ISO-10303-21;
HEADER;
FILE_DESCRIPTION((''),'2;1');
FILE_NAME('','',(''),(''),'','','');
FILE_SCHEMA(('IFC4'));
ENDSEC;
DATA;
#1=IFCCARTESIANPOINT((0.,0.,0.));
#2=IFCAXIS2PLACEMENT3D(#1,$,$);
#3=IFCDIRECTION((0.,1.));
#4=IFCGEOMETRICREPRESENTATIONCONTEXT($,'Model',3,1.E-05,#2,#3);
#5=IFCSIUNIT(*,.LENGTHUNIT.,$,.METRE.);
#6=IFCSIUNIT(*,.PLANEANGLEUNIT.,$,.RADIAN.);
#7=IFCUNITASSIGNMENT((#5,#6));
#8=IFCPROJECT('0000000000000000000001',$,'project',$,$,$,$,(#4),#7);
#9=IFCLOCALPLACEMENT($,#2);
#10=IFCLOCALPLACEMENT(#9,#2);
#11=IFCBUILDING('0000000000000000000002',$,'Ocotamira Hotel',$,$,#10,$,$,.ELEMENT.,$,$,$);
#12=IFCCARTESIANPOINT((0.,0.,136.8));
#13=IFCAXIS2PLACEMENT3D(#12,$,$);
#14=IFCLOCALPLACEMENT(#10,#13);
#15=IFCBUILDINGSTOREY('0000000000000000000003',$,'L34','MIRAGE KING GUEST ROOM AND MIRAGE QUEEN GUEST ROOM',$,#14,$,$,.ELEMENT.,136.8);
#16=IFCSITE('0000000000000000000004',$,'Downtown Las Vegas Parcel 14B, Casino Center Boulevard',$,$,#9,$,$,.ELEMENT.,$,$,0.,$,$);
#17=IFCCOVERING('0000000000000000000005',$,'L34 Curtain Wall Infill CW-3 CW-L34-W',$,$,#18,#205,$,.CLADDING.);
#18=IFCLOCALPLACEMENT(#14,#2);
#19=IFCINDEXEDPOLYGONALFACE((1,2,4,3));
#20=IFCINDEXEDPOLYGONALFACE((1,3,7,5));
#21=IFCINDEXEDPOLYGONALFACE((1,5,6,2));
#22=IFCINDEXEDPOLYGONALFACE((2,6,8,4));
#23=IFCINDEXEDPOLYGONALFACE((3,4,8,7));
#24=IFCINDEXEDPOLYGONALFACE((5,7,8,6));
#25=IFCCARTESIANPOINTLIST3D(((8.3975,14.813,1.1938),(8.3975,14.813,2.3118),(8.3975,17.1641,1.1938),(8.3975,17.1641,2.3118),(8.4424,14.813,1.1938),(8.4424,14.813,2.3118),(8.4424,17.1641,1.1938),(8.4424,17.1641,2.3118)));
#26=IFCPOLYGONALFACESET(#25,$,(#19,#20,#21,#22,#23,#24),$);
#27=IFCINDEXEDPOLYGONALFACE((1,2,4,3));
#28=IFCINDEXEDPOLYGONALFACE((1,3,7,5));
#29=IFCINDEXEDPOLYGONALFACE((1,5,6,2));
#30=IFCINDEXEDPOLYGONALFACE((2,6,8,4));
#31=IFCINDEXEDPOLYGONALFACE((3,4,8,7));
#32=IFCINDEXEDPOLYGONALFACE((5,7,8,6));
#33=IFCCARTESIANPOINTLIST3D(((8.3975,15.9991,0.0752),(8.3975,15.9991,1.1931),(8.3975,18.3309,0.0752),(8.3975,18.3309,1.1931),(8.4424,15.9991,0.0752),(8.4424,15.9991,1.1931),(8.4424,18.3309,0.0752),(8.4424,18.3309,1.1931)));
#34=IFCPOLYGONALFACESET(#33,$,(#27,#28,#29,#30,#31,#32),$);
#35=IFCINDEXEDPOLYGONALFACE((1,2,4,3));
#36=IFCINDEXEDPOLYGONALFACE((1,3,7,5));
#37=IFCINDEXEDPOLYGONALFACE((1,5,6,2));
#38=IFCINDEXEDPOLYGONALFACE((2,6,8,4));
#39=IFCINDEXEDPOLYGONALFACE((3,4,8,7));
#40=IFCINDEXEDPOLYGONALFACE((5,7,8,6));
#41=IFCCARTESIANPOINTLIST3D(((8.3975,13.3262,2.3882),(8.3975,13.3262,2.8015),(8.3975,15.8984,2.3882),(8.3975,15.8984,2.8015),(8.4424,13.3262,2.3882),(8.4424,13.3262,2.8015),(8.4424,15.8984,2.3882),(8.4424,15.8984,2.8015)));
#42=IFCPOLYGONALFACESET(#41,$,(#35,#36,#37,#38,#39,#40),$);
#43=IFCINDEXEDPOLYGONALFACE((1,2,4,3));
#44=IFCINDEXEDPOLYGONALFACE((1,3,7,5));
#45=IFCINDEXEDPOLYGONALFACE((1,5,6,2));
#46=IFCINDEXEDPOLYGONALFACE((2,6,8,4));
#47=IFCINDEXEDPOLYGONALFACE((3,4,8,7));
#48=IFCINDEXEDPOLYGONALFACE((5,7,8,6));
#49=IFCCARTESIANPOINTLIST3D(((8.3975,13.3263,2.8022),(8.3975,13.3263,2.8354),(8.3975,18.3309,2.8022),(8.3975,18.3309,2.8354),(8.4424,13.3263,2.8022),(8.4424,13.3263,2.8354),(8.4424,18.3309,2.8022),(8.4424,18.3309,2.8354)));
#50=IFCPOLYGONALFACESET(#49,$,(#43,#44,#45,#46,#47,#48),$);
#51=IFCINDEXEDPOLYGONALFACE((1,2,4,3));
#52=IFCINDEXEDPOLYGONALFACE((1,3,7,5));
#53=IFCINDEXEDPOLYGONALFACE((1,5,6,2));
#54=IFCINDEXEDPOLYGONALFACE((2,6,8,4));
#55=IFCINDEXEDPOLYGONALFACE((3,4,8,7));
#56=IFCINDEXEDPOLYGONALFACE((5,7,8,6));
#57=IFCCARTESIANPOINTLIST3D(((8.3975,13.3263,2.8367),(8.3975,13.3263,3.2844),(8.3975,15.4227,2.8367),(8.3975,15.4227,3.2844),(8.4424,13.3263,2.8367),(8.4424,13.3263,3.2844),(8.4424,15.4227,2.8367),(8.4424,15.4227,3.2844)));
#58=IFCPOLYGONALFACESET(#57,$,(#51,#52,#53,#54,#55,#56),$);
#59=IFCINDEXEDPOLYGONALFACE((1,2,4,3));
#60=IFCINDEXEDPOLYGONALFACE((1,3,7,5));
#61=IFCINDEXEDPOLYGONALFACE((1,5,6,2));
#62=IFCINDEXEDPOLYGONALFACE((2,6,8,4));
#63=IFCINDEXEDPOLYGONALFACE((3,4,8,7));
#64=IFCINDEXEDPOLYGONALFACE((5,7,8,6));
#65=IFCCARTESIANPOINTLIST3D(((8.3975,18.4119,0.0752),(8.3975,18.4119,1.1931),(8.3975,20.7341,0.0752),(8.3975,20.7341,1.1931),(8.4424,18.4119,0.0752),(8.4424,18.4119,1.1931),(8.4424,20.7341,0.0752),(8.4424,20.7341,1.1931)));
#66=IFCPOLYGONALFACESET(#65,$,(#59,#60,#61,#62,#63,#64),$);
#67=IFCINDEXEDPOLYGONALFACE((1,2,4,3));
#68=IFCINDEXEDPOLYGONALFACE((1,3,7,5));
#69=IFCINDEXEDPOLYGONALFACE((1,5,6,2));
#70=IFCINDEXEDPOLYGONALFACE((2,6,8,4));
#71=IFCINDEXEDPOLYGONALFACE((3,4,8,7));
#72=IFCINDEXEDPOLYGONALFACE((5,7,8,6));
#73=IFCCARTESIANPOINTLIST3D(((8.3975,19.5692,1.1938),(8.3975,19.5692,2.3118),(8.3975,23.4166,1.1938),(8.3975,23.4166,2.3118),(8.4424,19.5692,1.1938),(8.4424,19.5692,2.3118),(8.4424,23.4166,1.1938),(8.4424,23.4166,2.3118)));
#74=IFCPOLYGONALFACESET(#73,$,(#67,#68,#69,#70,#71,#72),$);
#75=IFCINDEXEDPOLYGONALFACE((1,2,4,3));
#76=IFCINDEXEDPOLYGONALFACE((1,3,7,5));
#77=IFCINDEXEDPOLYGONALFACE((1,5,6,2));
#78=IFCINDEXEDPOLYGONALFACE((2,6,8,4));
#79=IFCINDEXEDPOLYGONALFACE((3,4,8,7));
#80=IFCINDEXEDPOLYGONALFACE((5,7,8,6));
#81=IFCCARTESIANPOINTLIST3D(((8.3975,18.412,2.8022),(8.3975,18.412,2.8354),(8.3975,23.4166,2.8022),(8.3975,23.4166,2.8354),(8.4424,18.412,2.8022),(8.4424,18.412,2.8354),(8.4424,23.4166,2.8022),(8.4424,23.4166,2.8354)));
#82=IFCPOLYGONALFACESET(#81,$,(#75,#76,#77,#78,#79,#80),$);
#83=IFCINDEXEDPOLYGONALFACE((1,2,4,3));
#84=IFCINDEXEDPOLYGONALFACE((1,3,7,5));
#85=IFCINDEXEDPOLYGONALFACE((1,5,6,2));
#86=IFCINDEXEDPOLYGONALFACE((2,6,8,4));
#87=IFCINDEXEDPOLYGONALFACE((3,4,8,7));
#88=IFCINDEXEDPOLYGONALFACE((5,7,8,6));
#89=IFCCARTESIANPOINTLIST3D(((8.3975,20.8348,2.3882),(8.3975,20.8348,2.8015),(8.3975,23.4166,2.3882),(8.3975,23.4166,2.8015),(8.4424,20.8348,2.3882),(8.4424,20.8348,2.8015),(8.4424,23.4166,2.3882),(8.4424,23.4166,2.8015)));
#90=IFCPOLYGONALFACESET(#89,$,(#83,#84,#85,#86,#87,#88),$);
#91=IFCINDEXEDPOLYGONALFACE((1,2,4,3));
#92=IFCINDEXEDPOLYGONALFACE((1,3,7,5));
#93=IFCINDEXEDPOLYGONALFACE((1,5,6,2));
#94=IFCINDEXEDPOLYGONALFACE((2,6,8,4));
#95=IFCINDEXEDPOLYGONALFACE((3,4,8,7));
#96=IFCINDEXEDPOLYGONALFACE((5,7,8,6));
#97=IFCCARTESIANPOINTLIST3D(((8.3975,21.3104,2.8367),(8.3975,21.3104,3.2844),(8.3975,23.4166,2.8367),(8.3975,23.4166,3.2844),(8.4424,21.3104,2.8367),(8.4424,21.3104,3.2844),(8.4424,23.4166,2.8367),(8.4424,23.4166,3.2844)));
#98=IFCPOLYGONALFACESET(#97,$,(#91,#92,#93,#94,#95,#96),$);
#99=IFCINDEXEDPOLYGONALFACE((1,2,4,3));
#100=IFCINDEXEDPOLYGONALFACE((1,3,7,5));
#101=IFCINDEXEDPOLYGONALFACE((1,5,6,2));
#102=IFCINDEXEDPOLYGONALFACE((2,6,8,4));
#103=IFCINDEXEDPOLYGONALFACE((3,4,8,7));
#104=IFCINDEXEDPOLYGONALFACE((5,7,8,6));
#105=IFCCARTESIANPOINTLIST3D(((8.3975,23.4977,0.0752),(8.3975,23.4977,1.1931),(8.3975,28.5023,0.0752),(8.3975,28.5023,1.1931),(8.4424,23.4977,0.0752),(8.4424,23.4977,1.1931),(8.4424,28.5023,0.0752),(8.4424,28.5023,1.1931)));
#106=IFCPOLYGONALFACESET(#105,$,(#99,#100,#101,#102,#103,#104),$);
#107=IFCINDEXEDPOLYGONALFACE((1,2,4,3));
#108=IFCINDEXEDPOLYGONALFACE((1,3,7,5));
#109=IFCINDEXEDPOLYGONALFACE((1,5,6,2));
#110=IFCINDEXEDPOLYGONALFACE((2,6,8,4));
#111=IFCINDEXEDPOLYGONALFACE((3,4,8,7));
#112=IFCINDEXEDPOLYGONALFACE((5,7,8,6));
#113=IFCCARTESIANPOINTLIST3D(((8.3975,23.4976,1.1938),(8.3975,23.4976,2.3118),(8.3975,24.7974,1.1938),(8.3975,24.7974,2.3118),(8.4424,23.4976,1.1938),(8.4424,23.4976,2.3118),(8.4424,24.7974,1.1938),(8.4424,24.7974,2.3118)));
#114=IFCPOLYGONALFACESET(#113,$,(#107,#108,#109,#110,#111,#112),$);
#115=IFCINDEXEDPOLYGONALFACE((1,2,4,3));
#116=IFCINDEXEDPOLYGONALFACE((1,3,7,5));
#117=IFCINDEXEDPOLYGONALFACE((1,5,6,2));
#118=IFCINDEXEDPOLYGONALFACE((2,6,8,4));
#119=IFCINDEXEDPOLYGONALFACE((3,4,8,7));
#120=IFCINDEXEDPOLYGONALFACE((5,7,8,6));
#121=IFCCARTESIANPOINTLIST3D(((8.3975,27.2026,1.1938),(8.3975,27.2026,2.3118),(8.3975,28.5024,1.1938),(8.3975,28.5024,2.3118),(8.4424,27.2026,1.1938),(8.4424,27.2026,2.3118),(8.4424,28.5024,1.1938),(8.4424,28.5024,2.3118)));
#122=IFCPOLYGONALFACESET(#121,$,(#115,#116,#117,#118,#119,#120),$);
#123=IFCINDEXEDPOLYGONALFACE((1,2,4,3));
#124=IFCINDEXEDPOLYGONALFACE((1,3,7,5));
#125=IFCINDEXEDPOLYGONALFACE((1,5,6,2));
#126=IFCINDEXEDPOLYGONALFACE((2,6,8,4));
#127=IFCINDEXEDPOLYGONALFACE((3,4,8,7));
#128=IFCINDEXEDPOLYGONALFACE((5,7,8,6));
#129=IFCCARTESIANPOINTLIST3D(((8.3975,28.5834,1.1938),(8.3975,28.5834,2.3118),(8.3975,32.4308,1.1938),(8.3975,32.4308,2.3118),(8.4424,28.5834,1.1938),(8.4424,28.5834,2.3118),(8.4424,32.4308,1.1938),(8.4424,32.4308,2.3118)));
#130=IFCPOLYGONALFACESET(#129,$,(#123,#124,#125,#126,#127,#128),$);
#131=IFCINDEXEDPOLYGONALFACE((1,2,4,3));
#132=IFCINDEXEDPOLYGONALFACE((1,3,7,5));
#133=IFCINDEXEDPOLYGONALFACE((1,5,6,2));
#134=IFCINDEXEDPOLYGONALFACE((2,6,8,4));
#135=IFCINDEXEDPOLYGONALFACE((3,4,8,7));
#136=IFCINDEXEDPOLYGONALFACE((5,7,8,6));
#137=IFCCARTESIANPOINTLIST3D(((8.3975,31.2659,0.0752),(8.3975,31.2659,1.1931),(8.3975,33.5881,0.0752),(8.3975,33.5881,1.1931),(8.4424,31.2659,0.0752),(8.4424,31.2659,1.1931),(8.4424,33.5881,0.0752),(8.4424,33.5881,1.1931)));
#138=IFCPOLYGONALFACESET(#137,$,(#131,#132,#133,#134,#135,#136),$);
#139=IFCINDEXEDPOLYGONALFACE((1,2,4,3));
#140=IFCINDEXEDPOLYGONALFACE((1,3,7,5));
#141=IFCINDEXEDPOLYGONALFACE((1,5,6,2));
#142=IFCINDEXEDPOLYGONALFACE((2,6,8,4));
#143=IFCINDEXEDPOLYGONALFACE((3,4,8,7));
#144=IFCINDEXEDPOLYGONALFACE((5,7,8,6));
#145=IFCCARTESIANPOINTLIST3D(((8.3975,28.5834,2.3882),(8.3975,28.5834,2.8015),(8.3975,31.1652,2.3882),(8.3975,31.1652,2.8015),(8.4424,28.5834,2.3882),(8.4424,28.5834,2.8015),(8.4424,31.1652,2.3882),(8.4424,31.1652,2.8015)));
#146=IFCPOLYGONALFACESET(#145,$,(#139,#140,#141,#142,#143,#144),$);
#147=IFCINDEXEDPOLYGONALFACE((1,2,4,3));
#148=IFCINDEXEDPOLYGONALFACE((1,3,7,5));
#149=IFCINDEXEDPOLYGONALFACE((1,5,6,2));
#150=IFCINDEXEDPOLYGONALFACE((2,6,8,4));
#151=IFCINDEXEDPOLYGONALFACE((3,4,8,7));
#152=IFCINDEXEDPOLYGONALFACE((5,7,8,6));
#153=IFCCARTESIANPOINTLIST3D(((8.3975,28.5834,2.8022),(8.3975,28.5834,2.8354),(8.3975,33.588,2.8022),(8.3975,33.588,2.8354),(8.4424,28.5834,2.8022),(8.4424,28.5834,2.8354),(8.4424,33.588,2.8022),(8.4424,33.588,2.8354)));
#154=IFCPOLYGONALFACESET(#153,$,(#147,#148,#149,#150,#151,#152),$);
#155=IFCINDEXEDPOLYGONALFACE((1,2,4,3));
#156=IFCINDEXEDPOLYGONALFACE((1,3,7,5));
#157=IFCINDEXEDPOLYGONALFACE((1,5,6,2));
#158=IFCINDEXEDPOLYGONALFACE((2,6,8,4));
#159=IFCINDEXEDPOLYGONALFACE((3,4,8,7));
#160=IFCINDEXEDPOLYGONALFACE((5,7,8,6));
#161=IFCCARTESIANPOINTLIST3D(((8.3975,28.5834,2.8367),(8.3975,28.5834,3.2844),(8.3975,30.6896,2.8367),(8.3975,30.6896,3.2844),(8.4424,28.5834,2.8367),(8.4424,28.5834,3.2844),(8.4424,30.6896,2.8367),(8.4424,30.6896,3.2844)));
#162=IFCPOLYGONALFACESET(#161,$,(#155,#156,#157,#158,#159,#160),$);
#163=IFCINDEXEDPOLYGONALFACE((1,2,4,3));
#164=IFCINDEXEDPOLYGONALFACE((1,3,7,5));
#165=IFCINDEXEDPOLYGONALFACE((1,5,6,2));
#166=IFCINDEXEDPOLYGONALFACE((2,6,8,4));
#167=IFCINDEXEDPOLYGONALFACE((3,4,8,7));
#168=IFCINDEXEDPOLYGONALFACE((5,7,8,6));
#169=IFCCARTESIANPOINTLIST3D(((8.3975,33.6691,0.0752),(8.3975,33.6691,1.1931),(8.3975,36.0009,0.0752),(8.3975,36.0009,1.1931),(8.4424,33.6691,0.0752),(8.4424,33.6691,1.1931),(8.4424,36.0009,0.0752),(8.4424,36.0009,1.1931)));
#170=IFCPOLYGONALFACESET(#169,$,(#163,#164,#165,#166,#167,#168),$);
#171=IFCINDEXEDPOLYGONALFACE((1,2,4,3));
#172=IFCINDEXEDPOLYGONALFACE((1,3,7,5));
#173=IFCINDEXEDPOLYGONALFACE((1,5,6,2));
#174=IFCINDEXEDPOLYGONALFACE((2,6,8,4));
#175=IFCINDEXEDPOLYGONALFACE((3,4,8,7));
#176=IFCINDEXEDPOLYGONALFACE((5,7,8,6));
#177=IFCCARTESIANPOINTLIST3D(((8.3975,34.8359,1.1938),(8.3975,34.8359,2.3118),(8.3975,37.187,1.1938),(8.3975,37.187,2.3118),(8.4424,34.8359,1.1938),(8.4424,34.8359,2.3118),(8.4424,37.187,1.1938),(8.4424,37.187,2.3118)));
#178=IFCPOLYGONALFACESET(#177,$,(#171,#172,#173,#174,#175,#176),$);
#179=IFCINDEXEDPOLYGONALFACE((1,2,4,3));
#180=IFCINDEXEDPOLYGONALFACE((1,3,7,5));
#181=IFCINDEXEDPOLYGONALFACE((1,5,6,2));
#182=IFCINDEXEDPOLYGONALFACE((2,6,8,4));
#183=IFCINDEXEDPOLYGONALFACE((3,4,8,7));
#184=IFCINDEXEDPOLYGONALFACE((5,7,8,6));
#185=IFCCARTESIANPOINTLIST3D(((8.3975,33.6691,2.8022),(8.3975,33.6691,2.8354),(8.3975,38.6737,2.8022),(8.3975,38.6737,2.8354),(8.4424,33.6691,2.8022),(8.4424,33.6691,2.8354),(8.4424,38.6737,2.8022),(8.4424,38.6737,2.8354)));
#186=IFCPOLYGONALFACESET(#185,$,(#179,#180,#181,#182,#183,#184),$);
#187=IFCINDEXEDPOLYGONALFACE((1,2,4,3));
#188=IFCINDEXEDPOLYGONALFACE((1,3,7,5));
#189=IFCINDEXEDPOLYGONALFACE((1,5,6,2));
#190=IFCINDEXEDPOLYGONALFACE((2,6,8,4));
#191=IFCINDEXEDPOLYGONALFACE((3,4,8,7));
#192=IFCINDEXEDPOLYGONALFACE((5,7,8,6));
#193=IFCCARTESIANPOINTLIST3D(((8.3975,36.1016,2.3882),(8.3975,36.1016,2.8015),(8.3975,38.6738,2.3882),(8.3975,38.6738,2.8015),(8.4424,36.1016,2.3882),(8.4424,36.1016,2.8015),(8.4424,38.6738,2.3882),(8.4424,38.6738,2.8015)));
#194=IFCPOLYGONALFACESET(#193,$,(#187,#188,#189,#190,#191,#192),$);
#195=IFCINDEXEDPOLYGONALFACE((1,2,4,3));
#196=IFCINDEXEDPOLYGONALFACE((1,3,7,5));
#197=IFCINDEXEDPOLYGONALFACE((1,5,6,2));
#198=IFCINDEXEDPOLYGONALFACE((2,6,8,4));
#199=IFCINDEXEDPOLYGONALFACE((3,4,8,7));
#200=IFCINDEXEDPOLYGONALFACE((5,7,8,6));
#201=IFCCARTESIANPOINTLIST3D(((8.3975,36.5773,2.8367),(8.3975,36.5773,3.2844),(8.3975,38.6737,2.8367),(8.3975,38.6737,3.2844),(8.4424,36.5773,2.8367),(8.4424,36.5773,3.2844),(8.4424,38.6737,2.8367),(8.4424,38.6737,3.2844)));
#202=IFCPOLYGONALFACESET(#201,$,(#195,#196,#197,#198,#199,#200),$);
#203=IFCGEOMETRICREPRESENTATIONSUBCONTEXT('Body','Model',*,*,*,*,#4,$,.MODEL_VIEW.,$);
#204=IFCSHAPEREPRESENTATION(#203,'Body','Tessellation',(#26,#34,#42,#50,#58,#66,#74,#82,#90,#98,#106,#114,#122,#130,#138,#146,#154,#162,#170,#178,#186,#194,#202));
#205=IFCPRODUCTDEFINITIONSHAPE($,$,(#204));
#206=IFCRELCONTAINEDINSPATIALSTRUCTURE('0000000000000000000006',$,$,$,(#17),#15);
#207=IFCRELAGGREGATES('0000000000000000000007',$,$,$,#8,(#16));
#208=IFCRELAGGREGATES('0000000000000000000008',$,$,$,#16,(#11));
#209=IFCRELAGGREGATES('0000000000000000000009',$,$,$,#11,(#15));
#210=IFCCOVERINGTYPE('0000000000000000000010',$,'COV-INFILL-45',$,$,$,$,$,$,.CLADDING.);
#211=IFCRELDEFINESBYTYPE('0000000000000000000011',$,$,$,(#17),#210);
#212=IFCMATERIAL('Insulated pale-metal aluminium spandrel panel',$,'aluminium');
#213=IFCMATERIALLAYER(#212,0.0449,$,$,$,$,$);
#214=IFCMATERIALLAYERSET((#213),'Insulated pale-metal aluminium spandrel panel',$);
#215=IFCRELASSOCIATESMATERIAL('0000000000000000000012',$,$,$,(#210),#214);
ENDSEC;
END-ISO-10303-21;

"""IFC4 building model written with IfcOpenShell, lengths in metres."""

from ifc_helpers import new_model, si_unit, direction, frame, origin, origin_2d, place, context, subcontext, project, spatial, rectangle, extrude, material, layer, layer_set, type_object, element, save


model = new_model("IFC4")

# Units and contexts
model_context = context("Model", 3, precision=1e-05, world=origin(), true_north=direction((0.0, 1.0)))
body_context = subcontext(model_context, "Body", "Model", "MODEL_VIEW")
ifc_project = project(units=[si_unit("LENGTHUNIT", "METRE"), si_unit("PLANEANGLEUNIT", "RADIAN")], contexts=[model_context])

# Site, building, storey
site_placement = place(None, origin())
site = spatial("IfcSite", under=ifc_project, at=site_placement, Name="Downtown Las Vegas Parcel 14B, Casino Center Boulevard", CompositionType="ELEMENT", RefElevation=0.0)
building_placement = place(site_placement, origin())
building = spatial("IfcBuilding", under=site, at=building_placement, Name="Ocotamira Hotel", CompositionType="ELEMENT")
storey_placement = place(building_placement, frame((0.0, 0.0, 136.8)))
storey = spatial("IfcBuildingStorey", under=building, at=storey_placement, Name="L34", Description="MIRAGE KING GUEST ROOM AND MIRAGE QUEEN GUEST ROOM", CompositionType="ELEMENT", Elevation=136.8)

# Covering
ifc_material_1 = material(Name="Insulated pale-metal aluminium spandrel panel", Category="aluminium")
ifc_layer_1 = layer(ifc_material_1, 0.0449)
ifc_layer_set_1 = layer_set([ifc_layer_1], Name="Insulated pale-metal aluminium spandrel panel")
covering_type_1 = type_object("IfcCoveringType", Name="COV-INFILL-45", PredefinedType="CLADDING", material=ifc_layer_set_1)
covering_1_placement = place(storey_placement, origin())
element("IfcCovering", 1, at=covering_1_placement, inside=storey, type_object=covering_type_1, Name="L34 Curtain Wall Infill CW-3 CW-L34-W", PredefinedType="CLADDING", context=body_context, shape_type="SweptSolid", body=[
    extrude(rectangle(XDim=2.3511, YDim=0.0449, at=origin_2d()), frame((8.4199, 15.9885, 1.1938), z_axis=(0.0, 0.0, 1.0), x_axis=(0.0, 1.0, 0.0)), (0.0, 0.0, 1.0), 1.1179),
    extrude(rectangle(XDim=2.3318, YDim=0.0449, at=origin_2d()), frame((8.4199, 17.165, 0.0752), z_axis=(0.0, 0.0, 1.0), x_axis=(0.0, 1.0, 0.0)), (0.0, 0.0, 1.0), 1.1179),
    extrude(rectangle(XDim=2.5723, YDim=0.0449, at=origin_2d()), frame((8.4199, 14.6123, 2.3882), z_axis=(0.0, 0.0, 1.0), x_axis=(0.0, 1.0, 0.0)), (0.0, 0.0, 1.0), 0.4133),
    extrude(rectangle(XDim=5.0046, YDim=0.0449, at=origin_2d()), frame((8.4199, 15.8286, 2.8022), z_axis=(0.0, 0.0, 1.0), x_axis=(0.0, 1.0, 0.0)), (0.0, 0.0, 1.0), 0.0332),
    extrude(rectangle(XDim=2.0964, YDim=0.0449, at=origin_2d()), frame((8.4199, 14.3745, 2.8367), z_axis=(0.0, 0.0, 1.0), x_axis=(0.0, 1.0, 0.0)), (0.0, 0.0, 1.0), 0.4478),
    extrude(rectangle(XDim=2.3223, YDim=0.0449, at=origin_2d()), frame((8.4199, 19.573, 0.0752), z_axis=(0.0, 0.0, 1.0), x_axis=(0.0, 1.0, 0.0)), (0.0, 0.0, 1.0), 1.1179),
    extrude(rectangle(XDim=3.8474, YDim=0.0449, at=origin_2d()), frame((8.4199, 21.4929, 1.1938), z_axis=(0.0, 0.0, 1.0), x_axis=(0.0, 1.0, 0.0)), (0.0, 0.0, 1.0), 1.1179),
    extrude(rectangle(XDim=5.0046, YDim=0.0449, at=origin_2d()), frame((8.4199, 20.9143, 2.8022), z_axis=(0.0, 0.0, 1.0), x_axis=(0.0, 1.0, 0.0)), (0.0, 0.0, 1.0), 0.0332),
    extrude(rectangle(XDim=2.5818, YDim=0.0449, at=origin_2d()), frame((8.4199, 22.1257, 2.3882), z_axis=(0.0, 0.0, 1.0), x_axis=(0.0, 1.0, 0.0)), (0.0, 0.0, 1.0), 0.4133),
    extrude(rectangle(XDim=2.1062, YDim=0.0449, at=origin_2d()), frame((8.4199, 22.3635, 2.8367), z_axis=(0.0, 0.0, 1.0), x_axis=(0.0, 1.0, 0.0)), (0.0, 0.0, 1.0), 0.4478),
    extrude(rectangle(XDim=5.0046, YDim=0.0449, at=origin_2d()), frame((8.4199, 26.0, 0.0752), z_axis=(0.0, 0.0, 1.0), x_axis=(0.0, 1.0, 0.0)), (0.0, 0.0, 1.0), 1.1179),
    extrude(rectangle(XDim=1.2998, YDim=0.0449, at=origin_2d()), frame((8.4199, 24.1475, 1.1938), z_axis=(0.0, 0.0, 1.0), x_axis=(0.0, 1.0, 0.0)), (0.0, 0.0, 1.0), 1.1179),
    extrude(rectangle(XDim=1.2998, YDim=0.0449, at=origin_2d()), frame((8.4199, 27.8525, 1.1938), z_axis=(0.0, 0.0, 1.0), x_axis=(0.0, 1.0, 0.0)), (0.0, 0.0, 1.0), 1.1179),
    extrude(rectangle(XDim=3.8474, YDim=0.0449, at=origin_2d()), frame((8.4199, 30.5071, 1.1938), z_axis=(0.0, 0.0, 1.0), x_axis=(0.0, 1.0, 0.0)), (0.0, 0.0, 1.0), 1.1179),
    extrude(rectangle(XDim=2.3223, YDim=0.0449, at=origin_2d()), frame((8.4199, 32.427, 0.0752), z_axis=(0.0, 0.0, 1.0), x_axis=(0.0, 1.0, 0.0)), (0.0, 0.0, 1.0), 1.1179),
    extrude(rectangle(XDim=2.5818, YDim=0.0449, at=origin_2d()), frame((8.4199, 29.8743, 2.3882), z_axis=(0.0, 0.0, 1.0), x_axis=(0.0, 1.0, 0.0)), (0.0, 0.0, 1.0), 0.4133),
    extrude(rectangle(XDim=5.0046, YDim=0.0449, at=origin_2d()), frame((8.4199, 31.0857, 2.8022), z_axis=(0.0, 0.0, 1.0), x_axis=(0.0, 1.0, 0.0)), (0.0, 0.0, 1.0), 0.0332),
    extrude(rectangle(XDim=2.1062, YDim=0.0449, at=origin_2d()), frame((8.4199, 29.6365, 2.8367), z_axis=(0.0, 0.0, 1.0), x_axis=(0.0, 1.0, 0.0)), (0.0, 0.0, 1.0), 0.4478),
    extrude(rectangle(XDim=2.3318, YDim=0.0449, at=origin_2d()), frame((8.4199, 34.835, 0.0752), z_axis=(0.0, 0.0, 1.0), x_axis=(0.0, 1.0, 0.0)), (0.0, 0.0, 1.0), 1.1179),
    extrude(rectangle(XDim=2.3511, YDim=0.0449, at=origin_2d()), frame((8.4199, 36.0115, 1.1938), z_axis=(0.0, 0.0, 1.0), x_axis=(0.0, 1.0, 0.0)), (0.0, 0.0, 1.0), 1.1179),
    extrude(rectangle(XDim=5.0046, YDim=0.0449, at=origin_2d()), frame((8.4199, 36.1714, 2.8022), z_axis=(0.0, 0.0, 1.0), x_axis=(0.0, 1.0, 0.0)), (0.0, 0.0, 1.0), 0.0332),
    extrude(rectangle(XDim=2.5723, YDim=0.0449, at=origin_2d()), frame((8.4199, 37.3877, 2.3882), z_axis=(0.0, 0.0, 1.0), x_axis=(0.0, 1.0, 0.0)), (0.0, 0.0, 1.0), 0.4133),
    extrude(rectangle(XDim=2.0964, YDim=0.0449, at=origin_2d()), frame((8.4199, 37.6255, 2.8367), z_axis=(0.0, 0.0, 1.0), x_axis=(0.0, 1.0, 0.0)), (0.0, 0.0, 1.0), 0.4478),
])

save(model, "model.ifc")
